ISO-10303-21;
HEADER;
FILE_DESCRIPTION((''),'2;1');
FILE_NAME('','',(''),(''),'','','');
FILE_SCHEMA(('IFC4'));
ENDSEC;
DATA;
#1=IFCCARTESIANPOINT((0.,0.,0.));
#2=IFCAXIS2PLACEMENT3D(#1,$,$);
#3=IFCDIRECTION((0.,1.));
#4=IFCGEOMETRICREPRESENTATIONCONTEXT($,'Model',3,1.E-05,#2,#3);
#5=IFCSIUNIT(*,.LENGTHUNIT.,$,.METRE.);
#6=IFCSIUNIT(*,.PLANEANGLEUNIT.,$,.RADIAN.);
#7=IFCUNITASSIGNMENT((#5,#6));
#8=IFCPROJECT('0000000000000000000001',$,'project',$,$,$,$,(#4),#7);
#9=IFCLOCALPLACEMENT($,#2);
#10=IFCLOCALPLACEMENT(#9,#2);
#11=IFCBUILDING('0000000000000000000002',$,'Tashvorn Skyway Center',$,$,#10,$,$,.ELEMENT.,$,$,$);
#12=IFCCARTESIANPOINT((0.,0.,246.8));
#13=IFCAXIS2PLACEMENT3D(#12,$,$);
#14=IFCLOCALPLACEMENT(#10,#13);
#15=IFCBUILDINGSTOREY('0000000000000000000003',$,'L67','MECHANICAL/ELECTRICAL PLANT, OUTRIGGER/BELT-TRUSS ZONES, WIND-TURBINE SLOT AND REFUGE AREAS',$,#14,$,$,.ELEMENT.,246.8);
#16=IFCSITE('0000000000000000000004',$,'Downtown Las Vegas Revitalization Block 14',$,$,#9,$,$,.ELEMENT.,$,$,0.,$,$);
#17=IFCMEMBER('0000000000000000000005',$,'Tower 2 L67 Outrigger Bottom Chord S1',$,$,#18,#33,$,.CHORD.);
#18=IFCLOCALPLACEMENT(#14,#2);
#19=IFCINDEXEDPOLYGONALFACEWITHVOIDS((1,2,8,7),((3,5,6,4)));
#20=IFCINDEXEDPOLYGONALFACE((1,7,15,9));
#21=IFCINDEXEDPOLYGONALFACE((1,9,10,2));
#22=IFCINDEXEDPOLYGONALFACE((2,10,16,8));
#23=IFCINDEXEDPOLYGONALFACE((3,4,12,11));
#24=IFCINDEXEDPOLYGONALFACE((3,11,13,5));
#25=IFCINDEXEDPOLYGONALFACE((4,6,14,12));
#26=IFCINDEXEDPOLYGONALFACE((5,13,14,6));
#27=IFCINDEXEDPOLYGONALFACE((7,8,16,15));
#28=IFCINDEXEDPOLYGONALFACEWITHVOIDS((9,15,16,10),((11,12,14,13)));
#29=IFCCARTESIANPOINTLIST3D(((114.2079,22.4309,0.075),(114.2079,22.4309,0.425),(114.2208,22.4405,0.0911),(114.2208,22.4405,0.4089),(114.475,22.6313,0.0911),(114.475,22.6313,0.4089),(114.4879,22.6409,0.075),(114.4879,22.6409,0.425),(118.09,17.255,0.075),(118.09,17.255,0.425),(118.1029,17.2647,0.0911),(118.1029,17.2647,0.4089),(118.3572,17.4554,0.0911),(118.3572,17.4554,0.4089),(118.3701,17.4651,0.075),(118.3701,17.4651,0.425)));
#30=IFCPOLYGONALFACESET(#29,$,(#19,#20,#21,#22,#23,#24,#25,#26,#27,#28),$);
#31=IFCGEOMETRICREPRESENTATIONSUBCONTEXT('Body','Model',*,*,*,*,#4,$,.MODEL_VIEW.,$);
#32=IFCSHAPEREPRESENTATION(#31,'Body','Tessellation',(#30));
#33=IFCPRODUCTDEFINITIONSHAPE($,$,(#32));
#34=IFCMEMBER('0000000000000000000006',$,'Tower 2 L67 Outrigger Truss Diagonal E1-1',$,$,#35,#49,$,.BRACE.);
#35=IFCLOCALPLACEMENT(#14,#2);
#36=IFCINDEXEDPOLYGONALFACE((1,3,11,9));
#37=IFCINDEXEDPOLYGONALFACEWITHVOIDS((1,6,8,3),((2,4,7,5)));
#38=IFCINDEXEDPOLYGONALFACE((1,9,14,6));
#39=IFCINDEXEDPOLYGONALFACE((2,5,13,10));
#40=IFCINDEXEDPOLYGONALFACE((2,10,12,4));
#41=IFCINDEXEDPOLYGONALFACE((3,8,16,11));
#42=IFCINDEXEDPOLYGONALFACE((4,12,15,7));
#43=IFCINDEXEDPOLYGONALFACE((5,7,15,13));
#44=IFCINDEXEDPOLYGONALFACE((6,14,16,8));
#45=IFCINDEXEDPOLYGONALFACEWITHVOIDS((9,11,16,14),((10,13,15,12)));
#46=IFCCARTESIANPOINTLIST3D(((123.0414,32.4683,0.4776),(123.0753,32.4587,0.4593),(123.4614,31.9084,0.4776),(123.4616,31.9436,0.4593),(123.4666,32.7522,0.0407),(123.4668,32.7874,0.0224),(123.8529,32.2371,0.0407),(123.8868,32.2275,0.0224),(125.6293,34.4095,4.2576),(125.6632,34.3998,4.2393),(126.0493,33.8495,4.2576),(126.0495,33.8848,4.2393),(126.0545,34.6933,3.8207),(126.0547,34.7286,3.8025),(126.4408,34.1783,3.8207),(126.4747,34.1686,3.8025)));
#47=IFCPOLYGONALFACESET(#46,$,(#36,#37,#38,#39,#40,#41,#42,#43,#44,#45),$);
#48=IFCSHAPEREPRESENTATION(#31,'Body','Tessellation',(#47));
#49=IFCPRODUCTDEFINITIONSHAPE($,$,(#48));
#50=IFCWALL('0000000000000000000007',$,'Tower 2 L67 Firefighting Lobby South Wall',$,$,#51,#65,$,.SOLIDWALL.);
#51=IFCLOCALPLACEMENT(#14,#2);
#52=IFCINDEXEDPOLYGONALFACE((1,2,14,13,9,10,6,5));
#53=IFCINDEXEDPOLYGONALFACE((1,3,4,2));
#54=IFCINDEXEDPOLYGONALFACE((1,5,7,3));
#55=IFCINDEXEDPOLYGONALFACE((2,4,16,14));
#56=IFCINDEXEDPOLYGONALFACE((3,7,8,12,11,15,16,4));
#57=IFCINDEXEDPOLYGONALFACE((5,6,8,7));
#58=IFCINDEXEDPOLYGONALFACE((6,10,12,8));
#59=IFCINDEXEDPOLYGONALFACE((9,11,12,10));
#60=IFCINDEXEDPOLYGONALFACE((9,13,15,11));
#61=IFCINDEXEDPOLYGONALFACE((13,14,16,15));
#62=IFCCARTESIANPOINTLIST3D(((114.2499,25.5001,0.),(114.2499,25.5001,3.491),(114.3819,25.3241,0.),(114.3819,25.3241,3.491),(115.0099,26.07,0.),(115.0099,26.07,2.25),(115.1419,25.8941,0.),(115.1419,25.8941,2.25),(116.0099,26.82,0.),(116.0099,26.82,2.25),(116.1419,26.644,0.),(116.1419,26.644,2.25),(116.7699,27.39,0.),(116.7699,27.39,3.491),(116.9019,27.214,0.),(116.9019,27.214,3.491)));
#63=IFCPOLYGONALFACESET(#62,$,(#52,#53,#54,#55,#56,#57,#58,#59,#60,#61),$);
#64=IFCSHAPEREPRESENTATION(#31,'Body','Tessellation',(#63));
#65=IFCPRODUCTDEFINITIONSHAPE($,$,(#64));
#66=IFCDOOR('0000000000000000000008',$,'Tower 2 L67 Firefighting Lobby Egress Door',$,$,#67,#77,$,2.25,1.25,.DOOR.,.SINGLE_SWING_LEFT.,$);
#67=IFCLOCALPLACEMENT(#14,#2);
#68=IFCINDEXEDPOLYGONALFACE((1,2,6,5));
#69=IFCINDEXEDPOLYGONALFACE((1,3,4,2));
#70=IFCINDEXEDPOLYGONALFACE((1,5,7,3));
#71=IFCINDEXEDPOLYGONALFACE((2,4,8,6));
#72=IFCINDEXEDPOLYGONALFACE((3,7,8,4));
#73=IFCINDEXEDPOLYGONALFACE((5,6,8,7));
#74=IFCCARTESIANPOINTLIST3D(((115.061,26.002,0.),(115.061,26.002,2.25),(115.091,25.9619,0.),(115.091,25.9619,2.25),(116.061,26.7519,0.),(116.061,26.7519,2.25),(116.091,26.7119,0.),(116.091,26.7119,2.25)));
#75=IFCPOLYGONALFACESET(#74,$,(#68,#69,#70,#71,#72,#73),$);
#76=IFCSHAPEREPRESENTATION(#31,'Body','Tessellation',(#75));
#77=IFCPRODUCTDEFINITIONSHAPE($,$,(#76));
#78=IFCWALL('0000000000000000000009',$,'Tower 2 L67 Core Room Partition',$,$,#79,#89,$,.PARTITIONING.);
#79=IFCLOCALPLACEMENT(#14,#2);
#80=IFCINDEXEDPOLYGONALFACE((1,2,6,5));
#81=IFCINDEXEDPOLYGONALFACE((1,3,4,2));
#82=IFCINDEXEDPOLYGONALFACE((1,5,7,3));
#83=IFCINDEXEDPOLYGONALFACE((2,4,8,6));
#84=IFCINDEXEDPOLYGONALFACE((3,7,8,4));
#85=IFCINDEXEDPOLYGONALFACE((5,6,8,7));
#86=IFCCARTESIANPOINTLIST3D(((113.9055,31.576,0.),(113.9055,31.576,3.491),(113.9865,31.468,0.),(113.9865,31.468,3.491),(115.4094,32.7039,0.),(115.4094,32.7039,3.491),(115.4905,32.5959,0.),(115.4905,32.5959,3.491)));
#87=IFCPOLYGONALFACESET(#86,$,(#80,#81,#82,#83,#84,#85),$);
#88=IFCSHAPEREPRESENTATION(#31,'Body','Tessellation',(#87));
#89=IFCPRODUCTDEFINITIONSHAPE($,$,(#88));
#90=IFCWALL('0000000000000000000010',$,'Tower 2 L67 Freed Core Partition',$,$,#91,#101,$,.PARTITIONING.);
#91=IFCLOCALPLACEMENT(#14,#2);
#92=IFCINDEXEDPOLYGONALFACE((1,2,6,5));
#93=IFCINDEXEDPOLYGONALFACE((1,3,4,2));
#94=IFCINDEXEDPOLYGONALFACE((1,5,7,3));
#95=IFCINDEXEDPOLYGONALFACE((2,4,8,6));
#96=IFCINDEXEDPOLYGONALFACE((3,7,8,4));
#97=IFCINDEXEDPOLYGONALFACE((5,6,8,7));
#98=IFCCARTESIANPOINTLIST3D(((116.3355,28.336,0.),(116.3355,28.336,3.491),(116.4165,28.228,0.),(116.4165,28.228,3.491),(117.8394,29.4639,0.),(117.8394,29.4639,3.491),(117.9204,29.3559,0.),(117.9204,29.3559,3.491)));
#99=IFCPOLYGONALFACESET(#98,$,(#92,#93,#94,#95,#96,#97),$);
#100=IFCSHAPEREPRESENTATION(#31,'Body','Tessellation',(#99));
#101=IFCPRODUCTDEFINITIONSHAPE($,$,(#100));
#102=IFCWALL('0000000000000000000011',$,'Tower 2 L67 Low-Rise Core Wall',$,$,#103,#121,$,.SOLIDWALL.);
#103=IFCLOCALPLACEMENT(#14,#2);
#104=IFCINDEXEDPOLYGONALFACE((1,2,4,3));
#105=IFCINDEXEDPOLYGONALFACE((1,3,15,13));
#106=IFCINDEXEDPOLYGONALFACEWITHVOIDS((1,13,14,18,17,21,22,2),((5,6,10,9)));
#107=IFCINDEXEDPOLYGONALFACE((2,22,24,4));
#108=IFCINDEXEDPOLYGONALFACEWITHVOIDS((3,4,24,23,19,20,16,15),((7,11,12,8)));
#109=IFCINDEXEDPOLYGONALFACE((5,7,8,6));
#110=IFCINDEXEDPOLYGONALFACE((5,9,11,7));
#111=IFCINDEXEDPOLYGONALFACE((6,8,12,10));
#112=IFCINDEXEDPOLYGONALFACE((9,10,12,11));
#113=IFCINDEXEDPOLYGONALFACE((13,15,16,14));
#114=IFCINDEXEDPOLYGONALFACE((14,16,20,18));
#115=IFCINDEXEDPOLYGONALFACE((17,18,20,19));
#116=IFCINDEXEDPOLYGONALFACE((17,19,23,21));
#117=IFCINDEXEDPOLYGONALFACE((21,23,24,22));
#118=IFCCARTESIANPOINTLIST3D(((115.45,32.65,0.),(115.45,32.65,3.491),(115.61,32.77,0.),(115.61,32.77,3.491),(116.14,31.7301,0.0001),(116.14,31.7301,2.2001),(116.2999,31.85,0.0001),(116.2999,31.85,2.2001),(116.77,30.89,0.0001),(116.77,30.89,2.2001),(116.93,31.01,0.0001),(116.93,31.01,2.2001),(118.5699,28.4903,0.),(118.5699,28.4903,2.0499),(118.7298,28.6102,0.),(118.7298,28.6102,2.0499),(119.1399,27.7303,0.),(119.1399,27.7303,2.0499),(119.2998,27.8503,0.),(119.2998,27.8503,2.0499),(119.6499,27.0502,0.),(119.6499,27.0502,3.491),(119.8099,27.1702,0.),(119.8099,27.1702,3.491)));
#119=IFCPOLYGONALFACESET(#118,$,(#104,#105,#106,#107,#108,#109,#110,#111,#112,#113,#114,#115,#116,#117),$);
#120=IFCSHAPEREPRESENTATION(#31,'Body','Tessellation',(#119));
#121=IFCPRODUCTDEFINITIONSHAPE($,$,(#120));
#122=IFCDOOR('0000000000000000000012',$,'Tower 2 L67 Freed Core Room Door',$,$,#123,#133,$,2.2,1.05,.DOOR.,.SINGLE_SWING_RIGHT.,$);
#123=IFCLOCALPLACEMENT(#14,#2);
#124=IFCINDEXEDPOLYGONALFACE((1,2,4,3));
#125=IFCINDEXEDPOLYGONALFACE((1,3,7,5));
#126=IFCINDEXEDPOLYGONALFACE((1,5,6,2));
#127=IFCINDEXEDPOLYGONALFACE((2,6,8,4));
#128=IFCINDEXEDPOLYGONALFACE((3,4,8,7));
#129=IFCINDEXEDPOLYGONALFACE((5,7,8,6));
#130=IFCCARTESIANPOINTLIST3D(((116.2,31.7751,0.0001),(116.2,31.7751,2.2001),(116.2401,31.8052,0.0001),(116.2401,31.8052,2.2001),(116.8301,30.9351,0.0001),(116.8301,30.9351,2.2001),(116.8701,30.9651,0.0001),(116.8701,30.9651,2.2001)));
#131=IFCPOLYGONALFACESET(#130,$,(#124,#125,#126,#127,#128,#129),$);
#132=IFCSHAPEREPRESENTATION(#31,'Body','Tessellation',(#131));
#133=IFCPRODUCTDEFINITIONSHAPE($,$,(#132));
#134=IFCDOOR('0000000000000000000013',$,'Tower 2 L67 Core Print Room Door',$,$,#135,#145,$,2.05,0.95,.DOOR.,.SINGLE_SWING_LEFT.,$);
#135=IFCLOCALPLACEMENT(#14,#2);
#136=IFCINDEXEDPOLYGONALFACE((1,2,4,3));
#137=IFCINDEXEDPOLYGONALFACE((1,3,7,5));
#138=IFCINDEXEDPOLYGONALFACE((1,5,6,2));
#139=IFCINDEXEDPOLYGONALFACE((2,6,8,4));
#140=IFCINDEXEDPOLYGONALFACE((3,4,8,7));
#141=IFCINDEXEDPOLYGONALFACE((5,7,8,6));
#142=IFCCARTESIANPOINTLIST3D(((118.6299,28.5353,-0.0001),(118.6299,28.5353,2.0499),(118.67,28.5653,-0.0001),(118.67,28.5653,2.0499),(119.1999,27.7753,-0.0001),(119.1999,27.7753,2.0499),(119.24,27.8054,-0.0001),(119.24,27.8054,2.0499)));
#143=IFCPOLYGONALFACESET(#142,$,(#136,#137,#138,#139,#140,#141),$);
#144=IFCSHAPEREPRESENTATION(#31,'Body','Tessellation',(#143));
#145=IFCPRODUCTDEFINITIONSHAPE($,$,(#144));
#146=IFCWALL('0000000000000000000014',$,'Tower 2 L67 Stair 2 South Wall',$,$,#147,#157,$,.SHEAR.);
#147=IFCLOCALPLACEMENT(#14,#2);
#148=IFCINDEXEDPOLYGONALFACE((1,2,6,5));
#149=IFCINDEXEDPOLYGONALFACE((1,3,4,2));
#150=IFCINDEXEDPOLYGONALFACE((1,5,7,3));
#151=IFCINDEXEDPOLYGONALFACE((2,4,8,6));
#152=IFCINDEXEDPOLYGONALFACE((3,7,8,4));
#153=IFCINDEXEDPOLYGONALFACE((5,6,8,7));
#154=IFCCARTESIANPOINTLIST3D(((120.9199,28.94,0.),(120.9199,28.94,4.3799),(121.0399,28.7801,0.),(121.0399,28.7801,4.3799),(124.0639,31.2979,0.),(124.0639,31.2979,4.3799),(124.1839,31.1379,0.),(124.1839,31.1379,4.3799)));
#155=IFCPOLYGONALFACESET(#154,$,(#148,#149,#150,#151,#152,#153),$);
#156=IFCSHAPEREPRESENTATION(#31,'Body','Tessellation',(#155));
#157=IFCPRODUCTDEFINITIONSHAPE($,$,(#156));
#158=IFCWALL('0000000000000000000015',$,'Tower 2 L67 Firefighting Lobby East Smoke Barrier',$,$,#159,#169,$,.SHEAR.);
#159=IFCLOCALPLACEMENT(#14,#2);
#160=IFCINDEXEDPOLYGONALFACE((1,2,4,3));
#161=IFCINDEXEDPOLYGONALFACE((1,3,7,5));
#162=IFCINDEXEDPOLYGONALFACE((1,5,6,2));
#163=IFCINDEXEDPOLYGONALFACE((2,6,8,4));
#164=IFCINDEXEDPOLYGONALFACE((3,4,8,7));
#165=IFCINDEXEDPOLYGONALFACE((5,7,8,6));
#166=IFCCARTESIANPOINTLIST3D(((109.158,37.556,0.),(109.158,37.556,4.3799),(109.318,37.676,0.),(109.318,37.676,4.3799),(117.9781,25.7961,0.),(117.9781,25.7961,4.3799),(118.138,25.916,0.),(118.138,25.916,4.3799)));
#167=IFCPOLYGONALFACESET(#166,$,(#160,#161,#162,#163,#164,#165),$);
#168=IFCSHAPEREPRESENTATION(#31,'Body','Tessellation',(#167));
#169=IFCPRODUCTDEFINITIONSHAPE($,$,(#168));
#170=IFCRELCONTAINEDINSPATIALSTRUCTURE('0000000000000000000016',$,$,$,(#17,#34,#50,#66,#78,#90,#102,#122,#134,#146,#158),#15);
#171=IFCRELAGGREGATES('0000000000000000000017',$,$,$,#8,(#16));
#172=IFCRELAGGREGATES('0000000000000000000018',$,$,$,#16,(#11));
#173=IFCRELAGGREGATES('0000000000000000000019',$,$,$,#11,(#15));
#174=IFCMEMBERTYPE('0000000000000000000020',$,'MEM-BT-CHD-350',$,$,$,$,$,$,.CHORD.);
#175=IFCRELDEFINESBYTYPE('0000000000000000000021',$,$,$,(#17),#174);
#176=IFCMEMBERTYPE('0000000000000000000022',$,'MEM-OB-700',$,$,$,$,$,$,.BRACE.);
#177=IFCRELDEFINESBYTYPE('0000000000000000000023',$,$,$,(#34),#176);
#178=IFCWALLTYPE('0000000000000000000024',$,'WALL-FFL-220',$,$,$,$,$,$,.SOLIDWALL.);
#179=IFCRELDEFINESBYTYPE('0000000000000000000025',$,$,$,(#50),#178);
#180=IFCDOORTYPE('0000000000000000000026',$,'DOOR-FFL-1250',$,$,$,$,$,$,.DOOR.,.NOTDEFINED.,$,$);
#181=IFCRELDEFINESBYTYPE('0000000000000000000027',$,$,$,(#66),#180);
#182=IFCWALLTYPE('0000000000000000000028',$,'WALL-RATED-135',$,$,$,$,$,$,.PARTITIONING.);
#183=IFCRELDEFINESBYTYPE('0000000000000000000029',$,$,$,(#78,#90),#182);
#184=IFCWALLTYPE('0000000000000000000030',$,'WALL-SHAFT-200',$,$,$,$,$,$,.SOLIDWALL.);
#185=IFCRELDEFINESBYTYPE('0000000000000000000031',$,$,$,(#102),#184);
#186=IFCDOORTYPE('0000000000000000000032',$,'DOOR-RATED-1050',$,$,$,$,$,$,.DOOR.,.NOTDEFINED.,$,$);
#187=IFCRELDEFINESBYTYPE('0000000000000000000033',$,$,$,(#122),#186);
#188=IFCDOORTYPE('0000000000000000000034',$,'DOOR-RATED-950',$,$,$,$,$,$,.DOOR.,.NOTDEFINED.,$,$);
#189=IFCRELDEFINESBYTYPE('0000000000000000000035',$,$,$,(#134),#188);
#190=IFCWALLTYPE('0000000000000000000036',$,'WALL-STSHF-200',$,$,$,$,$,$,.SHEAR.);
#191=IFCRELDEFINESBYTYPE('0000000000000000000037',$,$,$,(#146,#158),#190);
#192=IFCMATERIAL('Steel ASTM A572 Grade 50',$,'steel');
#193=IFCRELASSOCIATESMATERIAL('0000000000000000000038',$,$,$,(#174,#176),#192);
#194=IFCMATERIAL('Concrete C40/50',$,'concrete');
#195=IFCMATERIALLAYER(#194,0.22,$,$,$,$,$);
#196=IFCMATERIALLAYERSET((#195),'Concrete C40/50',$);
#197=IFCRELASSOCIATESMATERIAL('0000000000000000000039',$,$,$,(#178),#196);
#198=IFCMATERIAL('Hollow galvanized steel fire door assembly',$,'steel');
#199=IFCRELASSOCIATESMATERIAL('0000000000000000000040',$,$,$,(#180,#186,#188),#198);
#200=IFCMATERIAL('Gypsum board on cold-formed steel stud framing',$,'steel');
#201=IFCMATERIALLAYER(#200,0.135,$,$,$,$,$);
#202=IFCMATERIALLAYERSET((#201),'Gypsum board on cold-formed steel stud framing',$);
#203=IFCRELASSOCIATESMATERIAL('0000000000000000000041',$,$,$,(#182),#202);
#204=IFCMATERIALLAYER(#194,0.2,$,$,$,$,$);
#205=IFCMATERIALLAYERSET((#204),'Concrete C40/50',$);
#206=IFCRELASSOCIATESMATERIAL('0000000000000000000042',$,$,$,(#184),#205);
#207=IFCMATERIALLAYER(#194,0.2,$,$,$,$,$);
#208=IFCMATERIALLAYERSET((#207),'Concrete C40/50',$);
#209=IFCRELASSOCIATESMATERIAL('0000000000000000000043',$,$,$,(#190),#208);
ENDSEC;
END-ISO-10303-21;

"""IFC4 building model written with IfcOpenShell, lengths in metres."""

from ifc_helpers import new_model, si_unit, direction, frame, frame_2d, origin, origin_2d, place, context, subcontext, project, spatial, rectangle, hollow_rectangle, extrude, material, layer, layer_set, material_profile, profile_set, type_object, element, fill, save


model = new_model("IFC4")

# Units and contexts
model_context = context("Model", 3, precision=1e-05, world=origin(), true_north=direction((0.0, 1.0)))
body_context = subcontext(model_context, "Body", "Model", "MODEL_VIEW")
ifc_project = project(units=[si_unit("LENGTHUNIT", "METRE"), si_unit("PLANEANGLEUNIT", "RADIAN")], contexts=[model_context])

# Site, building, storey
site_placement = place(None, origin())
site = spatial("IfcSite", under=ifc_project, at=site_placement, Name="Downtown Las Vegas Revitalization Block 14", CompositionType="ELEMENT", RefElevation=0.0)
building_placement = place(site_placement, origin())
building = spatial("IfcBuilding", under=site, at=building_placement, Name="Tashvorn Skyway Center", CompositionType="ELEMENT")
storey_placement = place(building_placement, frame((0.0, 0.0, 246.8)))
storey = spatial("IfcBuildingStorey", under=building, at=storey_placement, Name="L67", Description="MECHANICAL/ELECTRICAL PLANT, OUTRIGGER/BELT-TRUSS ZONES, WIND-TURBINE SLOT AND REFUGE AREAS", CompositionType="ELEMENT", Elevation=246.8)

# Members
ifc_material_1 = material(Name="Steel ASTM A572 Grade 50", Category="steel")
ifc_material_profile_1 = material_profile(ifc_material_1, hollow_rectangle(XDim=0.3501, YDim=0.3501, WallThickness=0.0161, at=origin_2d()), Name="HSS350x350x16")
ifc_profile_set_1 = profile_set([ifc_material_profile_1], Name="Steel ASTM A572 Grade 50")
member_type_1 = type_object("IfcMemberType", Name="MEM-BT-CHD-350", PredefinedType="CHORD", material=ifc_profile_set_1)
member_1_placement = place(storey_placement, frame((114.3479, 22.5359, 0.25), z_axis=(0.600024, -0.799982, 0.0), x_axis=(0.799982, 0.600024, 0.0)))
element("IfcMember", 1, at=member_1_placement, inside=storey, type_object=member_type_1, Name="Tower 2 L67 Outrigger Bottom Chord S1", PredefinedType="CHORD", context=body_context, shape_type="SweptSolid", body=[
    extrude(hollow_rectangle(XDim=0.3501, YDim=0.3501, WallThickness=0.0161, at=origin_2d()), origin(), (0.0, 0.0, 1.0), 6.47),
])
ifc_material_profile_2 = material_profile(ifc_material_1, hollow_rectangle(XDim=0.7, YDim=0.7, WallThickness=0.0281, at=origin_2d()), Name="BOX700x700x28")
ifc_profile_set_2 = profile_set([ifc_material_profile_2], Name="Steel ASTM A572 Grade 50")
member_type_2 = type_object("IfcMemberType", Name="MEM-OB-700", PredefinedType="BRACE", material=ifc_profile_set_2)
member_2_placement = place(storey_placement, frame((123.4641, 32.3479, 0.25), z_axis=(0.520145, 0.390157, 0.759754), x_axis=(-0.600048, 0.799964, 0.0)))
element("IfcMember", 2, at=member_2_placement, inside=storey, type_object=member_type_2, Name="Tower 2 L67 Outrigger Truss Diagonal E1-1", PredefinedType="BRACE", context=body_context, shape_type="SweptSolid", body=[
    extrude(hollow_rectangle(XDim=0.7, YDim=0.7, WallThickness=0.0281, at=origin_2d()), origin(), (0.0, 0.0, 1.0), 4.9753),
])

# Wall, opening, door
ifc_material_2 = material(Name="Concrete C40/50", Category="concrete")
ifc_layer_1 = layer(ifc_material_2, 0.22)
ifc_layer_set_1 = layer_set([ifc_layer_1], Name="Concrete C40/50")
wall_type_1 = type_object("IfcWallType", Name="WALL-FFL-220", PredefinedType="SOLIDWALL", material=ifc_layer_set_1)
wall_1_placement = place(storey_placement, frame((114.3159, 25.4121, 0.0), z_axis=(0.0, 0.0, 1.0), x_axis=(0.800019, 0.599975, 0.0)))
wall_1 = element("IfcWall", 3, at=wall_1_placement, inside=storey, type_object=wall_type_1, Name="Tower 2 L67 Firefighting Lobby South Wall", PredefinedType="SOLIDWALL", context=body_context, shape_type="SweptSolid", body=[
    extrude(rectangle(XDim=3.1499, YDim=0.22, at=frame_2d((1.575, 0.0))), origin(), (0.0, 0.0, 1.0), 3.491),
])
opening_1_placement = place(wall_1_placement, frame((0.95, 0.0, 0.0)))
opening_1 = element("IfcOpeningElement", 4, at=opening_1_placement, cuts=wall_1, PredefinedType="OPENING", context=body_context, shape_type="SweptSolid", body=[
    extrude(rectangle(XDim=1.25, YDim=2.25, at=frame_2d((0.625, 1.125))), frame((0.0, 0.1199, 0.0), z_axis=(0.0, -1.0, 0.0), x_axis=(1.0, 0.0, 0.0)), (0.0, 0.0, 1.0), 0.24),
])
ifc_material_3 = material(Name="Hollow galvanized steel fire door assembly", Category="steel")
door_type_1 = type_object("IfcDoorType", Name="DOOR-FFL-1250", OperationType="NOTDEFINED", PredefinedType="DOOR", material=ifc_material_3)
door_1_placement = place(opening_1_placement, origin())
door_1 = element("IfcDoor", 5, at=door_1_placement, inside=storey, type_object=door_type_1, Name="Tower 2 L67 Firefighting Lobby Egress Door", OperationType="SINGLE_SWING_LEFT", OverallHeight=2.25, OverallWidth=1.25, PredefinedType="DOOR", context=body_context, shape_type="SweptSolid", body=[
    extrude(rectangle(XDim=1.25, YDim=2.25, at=frame_2d((0.625, 1.125))), frame((0.0, 0.0249, 0.0), z_axis=(0.0, -1.0, 0.0), x_axis=(1.0, 0.0, 0.0)), (0.0, 0.0, 1.0), 0.05),
])
fill(opening_1, door_1)

# Walls
ifc_material_4 = material(Name="Gypsum board on cold-formed steel stud framing", Category="steel")
ifc_layer_2 = layer(ifc_material_4, 0.135)
ifc_layer_set_2 = layer_set([ifc_layer_2], Name="Gypsum board on cold-formed steel stud framing")
wall_type_2 = type_object("IfcWallType", Name="WALL-RATED-135", PredefinedType="PARTITIONING", material=ifc_layer_set_2)
for number, where, z_axis, x_axis, name in (
    (6, (113.946, 31.522, 0.0), (0.0, 0.0, 1.0), (0.8, 0.6, 0.0), "Tower 2 L67 Core Room Partition"),
    (7, (116.376, 28.282, 0.0), (0.0, 0.0, 1.0), (0.8, 0.6, 0.0), "Tower 2 L67 Freed Core Partition"),
):
    element("IfcWall", number, at=place(storey_placement, frame(where, z_axis=z_axis, x_axis=x_axis)), inside=storey, type_object=wall_type_2, Name=name, PredefinedType="PARTITIONING", context=body_context, shape_type="SweptSolid", body=[
        extrude(rectangle(XDim=1.8799, YDim=0.135, at=frame_2d((0.9399, 0.0))), origin(), (0.0, 0.0, 1.0), 3.491),
    ])

# Wall, openings, doors
ifc_layer_3 = layer(ifc_material_2, 0.2)
ifc_layer_set_3 = layer_set([ifc_layer_3], Name="Concrete C40/50")
wall_type_3 = type_object("IfcWallType", Name="WALL-SHAFT-200", PredefinedType="SOLIDWALL", material=ifc_layer_set_3)
wall_2_placement = place(storey_placement, frame((119.73, 27.1101, 0.0), z_axis=(0.0, 0.0, 1.0), x_axis=(-0.600006, 0.799996, 0.0)))
wall_2 = element("IfcWall", 8, at=wall_2_placement, inside=storey, type_object=wall_type_3, Name="Tower 2 L67 Low-Rise Core Wall", PredefinedType="SOLIDWALL", context=body_context, shape_type="SweptSolid", body=[
    extrude(rectangle(XDim=6.9998, YDim=0.2, at=frame_2d((3.5, 0.0))), origin(), (0.0, 0.0, 1.0), 3.491),
])
opening_2_placement = place(wall_2_placement, frame((0.8501, 0.0, 0.0)))
opening_2 = element("IfcOpeningElement", 9, at=opening_2_placement, cuts=wall_2, PredefinedType="OPENING", context=body_context, shape_type="SweptSolid", body=[
    extrude(rectangle(XDim=0.95, YDim=2.05, at=frame_2d((0.4751, 1.0249))), frame((0.0, 0.1099, 0.0), z_axis=(0.0, -1.0, 0.0), x_axis=(1.0, 0.0, 0.0)), (0.0, 0.0, 1.0), 0.22),
])
opening_3_placement = place(wall_2_placement, frame((4.8, 0.0, 0.0)))
opening_3 = element("IfcOpeningElement", 10, at=opening_3_placement, cuts=wall_2, PredefinedType="OPENING", context=body_context, shape_type="SweptSolid", body=[
    extrude(rectangle(XDim=1.05, YDim=2.2, at=frame_2d((0.5249, 1.1001))), frame((0.0, 0.1099, 0.0), z_axis=(0.0, -1.0, 0.0), x_axis=(1.0, 0.0, 0.0)), (0.0, 0.0, 1.0), 0.22),
])
door_type_2 = type_object("IfcDoorType", Name="DOOR-RATED-1050", OperationType="NOTDEFINED", PredefinedType="DOOR", material=ifc_material_3)
door_2_placement = place(opening_3_placement, origin())
door_2 = element("IfcDoor", 11, at=door_2_placement, inside=storey, type_object=door_type_2, Name="Tower 2 L67 Freed Core Room Door", OperationType="SINGLE_SWING_RIGHT", OverallHeight=2.2, OverallWidth=1.05, PredefinedType="DOOR", context=body_context, shape_type="SweptSolid", body=[
    extrude(rectangle(XDim=1.05, YDim=2.2, at=frame_2d((0.5249, 1.1001))), frame((0.0, 0.0249, 0.0), z_axis=(0.0, -1.0, 0.0), x_axis=(1.0, 0.0, 0.0)), (0.0, 0.0, 1.0), 0.05),
])
fill(opening_3, door_2)
door_type_3 = type_object("IfcDoorType", Name="DOOR-RATED-950", OperationType="NOTDEFINED", PredefinedType="DOOR", material=ifc_material_3)
door_3_placement = place(opening_2_placement, origin())
door_3 = element("IfcDoor", 12, at=door_3_placement, inside=storey, type_object=door_type_3, Name="Tower 2 L67 Core Print Room Door", OperationType="SINGLE_SWING_LEFT", OverallHeight=2.05, OverallWidth=0.95, PredefinedType="DOOR", context=body_context, shape_type="SweptSolid", body=[
    extrude(rectangle(XDim=0.95, YDim=2.05, at=frame_2d((0.4751, 1.0249))), frame((0.0, 0.0249, 0.0), z_axis=(0.0, -1.0, 0.0), x_axis=(1.0, 0.0, 0.0)), (0.0, 0.0, 1.0), 0.05),
])
fill(opening_2, door_3)

# Walls
ifc_layer_4 = layer(ifc_material_2, 0.2)
ifc_layer_set_4 = layer_set([ifc_layer_4], Name="Concrete C40/50")
wall_type_4 = type_object("IfcWallType", Name="WALL-STSHF-200", PredefinedType="SHEAR", material=ifc_layer_set_4)
wall_3_placement = place(storey_placement, frame((120.98, 28.8601, 0.0), z_axis=(0.0, 0.0, 1.0), x_axis=(0.800015, 0.59998, 0.0)))
element("IfcWall", 13, at=wall_3_placement, inside=storey, type_object=wall_type_4, Name="Tower 2 L67 Stair 2 South Wall", PredefinedType="SHEAR", context=body_context, shape_type="SweptSolid", body=[
    extrude(rectangle(XDim=3.9299, YDim=0.2, at=frame_2d((1.9648, 0.0))), origin(), (0.0, 0.0, 1.0), 4.3799),
])
wall_4_placement = place(storey_placement, frame((118.0581, 25.856, 0.0), z_axis=(0.0, 0.0, 1.0), x_axis=(-0.600003, 0.799998, 0.0)))
element("IfcWall", 14, at=wall_4_placement, inside=storey, type_object=wall_type_4, Name="Tower 2 L67 Firefighting Lobby East Smoke Barrier", PredefinedType="SHEAR", context=body_context, shape_type="SweptSolid", body=[
    extrude(rectangle(XDim=14.7, YDim=0.2, at=frame_2d((7.3501, 0.0))), origin(), (0.0, 0.0, 1.0), 4.3799),
])

save(model, "model.ifc")
